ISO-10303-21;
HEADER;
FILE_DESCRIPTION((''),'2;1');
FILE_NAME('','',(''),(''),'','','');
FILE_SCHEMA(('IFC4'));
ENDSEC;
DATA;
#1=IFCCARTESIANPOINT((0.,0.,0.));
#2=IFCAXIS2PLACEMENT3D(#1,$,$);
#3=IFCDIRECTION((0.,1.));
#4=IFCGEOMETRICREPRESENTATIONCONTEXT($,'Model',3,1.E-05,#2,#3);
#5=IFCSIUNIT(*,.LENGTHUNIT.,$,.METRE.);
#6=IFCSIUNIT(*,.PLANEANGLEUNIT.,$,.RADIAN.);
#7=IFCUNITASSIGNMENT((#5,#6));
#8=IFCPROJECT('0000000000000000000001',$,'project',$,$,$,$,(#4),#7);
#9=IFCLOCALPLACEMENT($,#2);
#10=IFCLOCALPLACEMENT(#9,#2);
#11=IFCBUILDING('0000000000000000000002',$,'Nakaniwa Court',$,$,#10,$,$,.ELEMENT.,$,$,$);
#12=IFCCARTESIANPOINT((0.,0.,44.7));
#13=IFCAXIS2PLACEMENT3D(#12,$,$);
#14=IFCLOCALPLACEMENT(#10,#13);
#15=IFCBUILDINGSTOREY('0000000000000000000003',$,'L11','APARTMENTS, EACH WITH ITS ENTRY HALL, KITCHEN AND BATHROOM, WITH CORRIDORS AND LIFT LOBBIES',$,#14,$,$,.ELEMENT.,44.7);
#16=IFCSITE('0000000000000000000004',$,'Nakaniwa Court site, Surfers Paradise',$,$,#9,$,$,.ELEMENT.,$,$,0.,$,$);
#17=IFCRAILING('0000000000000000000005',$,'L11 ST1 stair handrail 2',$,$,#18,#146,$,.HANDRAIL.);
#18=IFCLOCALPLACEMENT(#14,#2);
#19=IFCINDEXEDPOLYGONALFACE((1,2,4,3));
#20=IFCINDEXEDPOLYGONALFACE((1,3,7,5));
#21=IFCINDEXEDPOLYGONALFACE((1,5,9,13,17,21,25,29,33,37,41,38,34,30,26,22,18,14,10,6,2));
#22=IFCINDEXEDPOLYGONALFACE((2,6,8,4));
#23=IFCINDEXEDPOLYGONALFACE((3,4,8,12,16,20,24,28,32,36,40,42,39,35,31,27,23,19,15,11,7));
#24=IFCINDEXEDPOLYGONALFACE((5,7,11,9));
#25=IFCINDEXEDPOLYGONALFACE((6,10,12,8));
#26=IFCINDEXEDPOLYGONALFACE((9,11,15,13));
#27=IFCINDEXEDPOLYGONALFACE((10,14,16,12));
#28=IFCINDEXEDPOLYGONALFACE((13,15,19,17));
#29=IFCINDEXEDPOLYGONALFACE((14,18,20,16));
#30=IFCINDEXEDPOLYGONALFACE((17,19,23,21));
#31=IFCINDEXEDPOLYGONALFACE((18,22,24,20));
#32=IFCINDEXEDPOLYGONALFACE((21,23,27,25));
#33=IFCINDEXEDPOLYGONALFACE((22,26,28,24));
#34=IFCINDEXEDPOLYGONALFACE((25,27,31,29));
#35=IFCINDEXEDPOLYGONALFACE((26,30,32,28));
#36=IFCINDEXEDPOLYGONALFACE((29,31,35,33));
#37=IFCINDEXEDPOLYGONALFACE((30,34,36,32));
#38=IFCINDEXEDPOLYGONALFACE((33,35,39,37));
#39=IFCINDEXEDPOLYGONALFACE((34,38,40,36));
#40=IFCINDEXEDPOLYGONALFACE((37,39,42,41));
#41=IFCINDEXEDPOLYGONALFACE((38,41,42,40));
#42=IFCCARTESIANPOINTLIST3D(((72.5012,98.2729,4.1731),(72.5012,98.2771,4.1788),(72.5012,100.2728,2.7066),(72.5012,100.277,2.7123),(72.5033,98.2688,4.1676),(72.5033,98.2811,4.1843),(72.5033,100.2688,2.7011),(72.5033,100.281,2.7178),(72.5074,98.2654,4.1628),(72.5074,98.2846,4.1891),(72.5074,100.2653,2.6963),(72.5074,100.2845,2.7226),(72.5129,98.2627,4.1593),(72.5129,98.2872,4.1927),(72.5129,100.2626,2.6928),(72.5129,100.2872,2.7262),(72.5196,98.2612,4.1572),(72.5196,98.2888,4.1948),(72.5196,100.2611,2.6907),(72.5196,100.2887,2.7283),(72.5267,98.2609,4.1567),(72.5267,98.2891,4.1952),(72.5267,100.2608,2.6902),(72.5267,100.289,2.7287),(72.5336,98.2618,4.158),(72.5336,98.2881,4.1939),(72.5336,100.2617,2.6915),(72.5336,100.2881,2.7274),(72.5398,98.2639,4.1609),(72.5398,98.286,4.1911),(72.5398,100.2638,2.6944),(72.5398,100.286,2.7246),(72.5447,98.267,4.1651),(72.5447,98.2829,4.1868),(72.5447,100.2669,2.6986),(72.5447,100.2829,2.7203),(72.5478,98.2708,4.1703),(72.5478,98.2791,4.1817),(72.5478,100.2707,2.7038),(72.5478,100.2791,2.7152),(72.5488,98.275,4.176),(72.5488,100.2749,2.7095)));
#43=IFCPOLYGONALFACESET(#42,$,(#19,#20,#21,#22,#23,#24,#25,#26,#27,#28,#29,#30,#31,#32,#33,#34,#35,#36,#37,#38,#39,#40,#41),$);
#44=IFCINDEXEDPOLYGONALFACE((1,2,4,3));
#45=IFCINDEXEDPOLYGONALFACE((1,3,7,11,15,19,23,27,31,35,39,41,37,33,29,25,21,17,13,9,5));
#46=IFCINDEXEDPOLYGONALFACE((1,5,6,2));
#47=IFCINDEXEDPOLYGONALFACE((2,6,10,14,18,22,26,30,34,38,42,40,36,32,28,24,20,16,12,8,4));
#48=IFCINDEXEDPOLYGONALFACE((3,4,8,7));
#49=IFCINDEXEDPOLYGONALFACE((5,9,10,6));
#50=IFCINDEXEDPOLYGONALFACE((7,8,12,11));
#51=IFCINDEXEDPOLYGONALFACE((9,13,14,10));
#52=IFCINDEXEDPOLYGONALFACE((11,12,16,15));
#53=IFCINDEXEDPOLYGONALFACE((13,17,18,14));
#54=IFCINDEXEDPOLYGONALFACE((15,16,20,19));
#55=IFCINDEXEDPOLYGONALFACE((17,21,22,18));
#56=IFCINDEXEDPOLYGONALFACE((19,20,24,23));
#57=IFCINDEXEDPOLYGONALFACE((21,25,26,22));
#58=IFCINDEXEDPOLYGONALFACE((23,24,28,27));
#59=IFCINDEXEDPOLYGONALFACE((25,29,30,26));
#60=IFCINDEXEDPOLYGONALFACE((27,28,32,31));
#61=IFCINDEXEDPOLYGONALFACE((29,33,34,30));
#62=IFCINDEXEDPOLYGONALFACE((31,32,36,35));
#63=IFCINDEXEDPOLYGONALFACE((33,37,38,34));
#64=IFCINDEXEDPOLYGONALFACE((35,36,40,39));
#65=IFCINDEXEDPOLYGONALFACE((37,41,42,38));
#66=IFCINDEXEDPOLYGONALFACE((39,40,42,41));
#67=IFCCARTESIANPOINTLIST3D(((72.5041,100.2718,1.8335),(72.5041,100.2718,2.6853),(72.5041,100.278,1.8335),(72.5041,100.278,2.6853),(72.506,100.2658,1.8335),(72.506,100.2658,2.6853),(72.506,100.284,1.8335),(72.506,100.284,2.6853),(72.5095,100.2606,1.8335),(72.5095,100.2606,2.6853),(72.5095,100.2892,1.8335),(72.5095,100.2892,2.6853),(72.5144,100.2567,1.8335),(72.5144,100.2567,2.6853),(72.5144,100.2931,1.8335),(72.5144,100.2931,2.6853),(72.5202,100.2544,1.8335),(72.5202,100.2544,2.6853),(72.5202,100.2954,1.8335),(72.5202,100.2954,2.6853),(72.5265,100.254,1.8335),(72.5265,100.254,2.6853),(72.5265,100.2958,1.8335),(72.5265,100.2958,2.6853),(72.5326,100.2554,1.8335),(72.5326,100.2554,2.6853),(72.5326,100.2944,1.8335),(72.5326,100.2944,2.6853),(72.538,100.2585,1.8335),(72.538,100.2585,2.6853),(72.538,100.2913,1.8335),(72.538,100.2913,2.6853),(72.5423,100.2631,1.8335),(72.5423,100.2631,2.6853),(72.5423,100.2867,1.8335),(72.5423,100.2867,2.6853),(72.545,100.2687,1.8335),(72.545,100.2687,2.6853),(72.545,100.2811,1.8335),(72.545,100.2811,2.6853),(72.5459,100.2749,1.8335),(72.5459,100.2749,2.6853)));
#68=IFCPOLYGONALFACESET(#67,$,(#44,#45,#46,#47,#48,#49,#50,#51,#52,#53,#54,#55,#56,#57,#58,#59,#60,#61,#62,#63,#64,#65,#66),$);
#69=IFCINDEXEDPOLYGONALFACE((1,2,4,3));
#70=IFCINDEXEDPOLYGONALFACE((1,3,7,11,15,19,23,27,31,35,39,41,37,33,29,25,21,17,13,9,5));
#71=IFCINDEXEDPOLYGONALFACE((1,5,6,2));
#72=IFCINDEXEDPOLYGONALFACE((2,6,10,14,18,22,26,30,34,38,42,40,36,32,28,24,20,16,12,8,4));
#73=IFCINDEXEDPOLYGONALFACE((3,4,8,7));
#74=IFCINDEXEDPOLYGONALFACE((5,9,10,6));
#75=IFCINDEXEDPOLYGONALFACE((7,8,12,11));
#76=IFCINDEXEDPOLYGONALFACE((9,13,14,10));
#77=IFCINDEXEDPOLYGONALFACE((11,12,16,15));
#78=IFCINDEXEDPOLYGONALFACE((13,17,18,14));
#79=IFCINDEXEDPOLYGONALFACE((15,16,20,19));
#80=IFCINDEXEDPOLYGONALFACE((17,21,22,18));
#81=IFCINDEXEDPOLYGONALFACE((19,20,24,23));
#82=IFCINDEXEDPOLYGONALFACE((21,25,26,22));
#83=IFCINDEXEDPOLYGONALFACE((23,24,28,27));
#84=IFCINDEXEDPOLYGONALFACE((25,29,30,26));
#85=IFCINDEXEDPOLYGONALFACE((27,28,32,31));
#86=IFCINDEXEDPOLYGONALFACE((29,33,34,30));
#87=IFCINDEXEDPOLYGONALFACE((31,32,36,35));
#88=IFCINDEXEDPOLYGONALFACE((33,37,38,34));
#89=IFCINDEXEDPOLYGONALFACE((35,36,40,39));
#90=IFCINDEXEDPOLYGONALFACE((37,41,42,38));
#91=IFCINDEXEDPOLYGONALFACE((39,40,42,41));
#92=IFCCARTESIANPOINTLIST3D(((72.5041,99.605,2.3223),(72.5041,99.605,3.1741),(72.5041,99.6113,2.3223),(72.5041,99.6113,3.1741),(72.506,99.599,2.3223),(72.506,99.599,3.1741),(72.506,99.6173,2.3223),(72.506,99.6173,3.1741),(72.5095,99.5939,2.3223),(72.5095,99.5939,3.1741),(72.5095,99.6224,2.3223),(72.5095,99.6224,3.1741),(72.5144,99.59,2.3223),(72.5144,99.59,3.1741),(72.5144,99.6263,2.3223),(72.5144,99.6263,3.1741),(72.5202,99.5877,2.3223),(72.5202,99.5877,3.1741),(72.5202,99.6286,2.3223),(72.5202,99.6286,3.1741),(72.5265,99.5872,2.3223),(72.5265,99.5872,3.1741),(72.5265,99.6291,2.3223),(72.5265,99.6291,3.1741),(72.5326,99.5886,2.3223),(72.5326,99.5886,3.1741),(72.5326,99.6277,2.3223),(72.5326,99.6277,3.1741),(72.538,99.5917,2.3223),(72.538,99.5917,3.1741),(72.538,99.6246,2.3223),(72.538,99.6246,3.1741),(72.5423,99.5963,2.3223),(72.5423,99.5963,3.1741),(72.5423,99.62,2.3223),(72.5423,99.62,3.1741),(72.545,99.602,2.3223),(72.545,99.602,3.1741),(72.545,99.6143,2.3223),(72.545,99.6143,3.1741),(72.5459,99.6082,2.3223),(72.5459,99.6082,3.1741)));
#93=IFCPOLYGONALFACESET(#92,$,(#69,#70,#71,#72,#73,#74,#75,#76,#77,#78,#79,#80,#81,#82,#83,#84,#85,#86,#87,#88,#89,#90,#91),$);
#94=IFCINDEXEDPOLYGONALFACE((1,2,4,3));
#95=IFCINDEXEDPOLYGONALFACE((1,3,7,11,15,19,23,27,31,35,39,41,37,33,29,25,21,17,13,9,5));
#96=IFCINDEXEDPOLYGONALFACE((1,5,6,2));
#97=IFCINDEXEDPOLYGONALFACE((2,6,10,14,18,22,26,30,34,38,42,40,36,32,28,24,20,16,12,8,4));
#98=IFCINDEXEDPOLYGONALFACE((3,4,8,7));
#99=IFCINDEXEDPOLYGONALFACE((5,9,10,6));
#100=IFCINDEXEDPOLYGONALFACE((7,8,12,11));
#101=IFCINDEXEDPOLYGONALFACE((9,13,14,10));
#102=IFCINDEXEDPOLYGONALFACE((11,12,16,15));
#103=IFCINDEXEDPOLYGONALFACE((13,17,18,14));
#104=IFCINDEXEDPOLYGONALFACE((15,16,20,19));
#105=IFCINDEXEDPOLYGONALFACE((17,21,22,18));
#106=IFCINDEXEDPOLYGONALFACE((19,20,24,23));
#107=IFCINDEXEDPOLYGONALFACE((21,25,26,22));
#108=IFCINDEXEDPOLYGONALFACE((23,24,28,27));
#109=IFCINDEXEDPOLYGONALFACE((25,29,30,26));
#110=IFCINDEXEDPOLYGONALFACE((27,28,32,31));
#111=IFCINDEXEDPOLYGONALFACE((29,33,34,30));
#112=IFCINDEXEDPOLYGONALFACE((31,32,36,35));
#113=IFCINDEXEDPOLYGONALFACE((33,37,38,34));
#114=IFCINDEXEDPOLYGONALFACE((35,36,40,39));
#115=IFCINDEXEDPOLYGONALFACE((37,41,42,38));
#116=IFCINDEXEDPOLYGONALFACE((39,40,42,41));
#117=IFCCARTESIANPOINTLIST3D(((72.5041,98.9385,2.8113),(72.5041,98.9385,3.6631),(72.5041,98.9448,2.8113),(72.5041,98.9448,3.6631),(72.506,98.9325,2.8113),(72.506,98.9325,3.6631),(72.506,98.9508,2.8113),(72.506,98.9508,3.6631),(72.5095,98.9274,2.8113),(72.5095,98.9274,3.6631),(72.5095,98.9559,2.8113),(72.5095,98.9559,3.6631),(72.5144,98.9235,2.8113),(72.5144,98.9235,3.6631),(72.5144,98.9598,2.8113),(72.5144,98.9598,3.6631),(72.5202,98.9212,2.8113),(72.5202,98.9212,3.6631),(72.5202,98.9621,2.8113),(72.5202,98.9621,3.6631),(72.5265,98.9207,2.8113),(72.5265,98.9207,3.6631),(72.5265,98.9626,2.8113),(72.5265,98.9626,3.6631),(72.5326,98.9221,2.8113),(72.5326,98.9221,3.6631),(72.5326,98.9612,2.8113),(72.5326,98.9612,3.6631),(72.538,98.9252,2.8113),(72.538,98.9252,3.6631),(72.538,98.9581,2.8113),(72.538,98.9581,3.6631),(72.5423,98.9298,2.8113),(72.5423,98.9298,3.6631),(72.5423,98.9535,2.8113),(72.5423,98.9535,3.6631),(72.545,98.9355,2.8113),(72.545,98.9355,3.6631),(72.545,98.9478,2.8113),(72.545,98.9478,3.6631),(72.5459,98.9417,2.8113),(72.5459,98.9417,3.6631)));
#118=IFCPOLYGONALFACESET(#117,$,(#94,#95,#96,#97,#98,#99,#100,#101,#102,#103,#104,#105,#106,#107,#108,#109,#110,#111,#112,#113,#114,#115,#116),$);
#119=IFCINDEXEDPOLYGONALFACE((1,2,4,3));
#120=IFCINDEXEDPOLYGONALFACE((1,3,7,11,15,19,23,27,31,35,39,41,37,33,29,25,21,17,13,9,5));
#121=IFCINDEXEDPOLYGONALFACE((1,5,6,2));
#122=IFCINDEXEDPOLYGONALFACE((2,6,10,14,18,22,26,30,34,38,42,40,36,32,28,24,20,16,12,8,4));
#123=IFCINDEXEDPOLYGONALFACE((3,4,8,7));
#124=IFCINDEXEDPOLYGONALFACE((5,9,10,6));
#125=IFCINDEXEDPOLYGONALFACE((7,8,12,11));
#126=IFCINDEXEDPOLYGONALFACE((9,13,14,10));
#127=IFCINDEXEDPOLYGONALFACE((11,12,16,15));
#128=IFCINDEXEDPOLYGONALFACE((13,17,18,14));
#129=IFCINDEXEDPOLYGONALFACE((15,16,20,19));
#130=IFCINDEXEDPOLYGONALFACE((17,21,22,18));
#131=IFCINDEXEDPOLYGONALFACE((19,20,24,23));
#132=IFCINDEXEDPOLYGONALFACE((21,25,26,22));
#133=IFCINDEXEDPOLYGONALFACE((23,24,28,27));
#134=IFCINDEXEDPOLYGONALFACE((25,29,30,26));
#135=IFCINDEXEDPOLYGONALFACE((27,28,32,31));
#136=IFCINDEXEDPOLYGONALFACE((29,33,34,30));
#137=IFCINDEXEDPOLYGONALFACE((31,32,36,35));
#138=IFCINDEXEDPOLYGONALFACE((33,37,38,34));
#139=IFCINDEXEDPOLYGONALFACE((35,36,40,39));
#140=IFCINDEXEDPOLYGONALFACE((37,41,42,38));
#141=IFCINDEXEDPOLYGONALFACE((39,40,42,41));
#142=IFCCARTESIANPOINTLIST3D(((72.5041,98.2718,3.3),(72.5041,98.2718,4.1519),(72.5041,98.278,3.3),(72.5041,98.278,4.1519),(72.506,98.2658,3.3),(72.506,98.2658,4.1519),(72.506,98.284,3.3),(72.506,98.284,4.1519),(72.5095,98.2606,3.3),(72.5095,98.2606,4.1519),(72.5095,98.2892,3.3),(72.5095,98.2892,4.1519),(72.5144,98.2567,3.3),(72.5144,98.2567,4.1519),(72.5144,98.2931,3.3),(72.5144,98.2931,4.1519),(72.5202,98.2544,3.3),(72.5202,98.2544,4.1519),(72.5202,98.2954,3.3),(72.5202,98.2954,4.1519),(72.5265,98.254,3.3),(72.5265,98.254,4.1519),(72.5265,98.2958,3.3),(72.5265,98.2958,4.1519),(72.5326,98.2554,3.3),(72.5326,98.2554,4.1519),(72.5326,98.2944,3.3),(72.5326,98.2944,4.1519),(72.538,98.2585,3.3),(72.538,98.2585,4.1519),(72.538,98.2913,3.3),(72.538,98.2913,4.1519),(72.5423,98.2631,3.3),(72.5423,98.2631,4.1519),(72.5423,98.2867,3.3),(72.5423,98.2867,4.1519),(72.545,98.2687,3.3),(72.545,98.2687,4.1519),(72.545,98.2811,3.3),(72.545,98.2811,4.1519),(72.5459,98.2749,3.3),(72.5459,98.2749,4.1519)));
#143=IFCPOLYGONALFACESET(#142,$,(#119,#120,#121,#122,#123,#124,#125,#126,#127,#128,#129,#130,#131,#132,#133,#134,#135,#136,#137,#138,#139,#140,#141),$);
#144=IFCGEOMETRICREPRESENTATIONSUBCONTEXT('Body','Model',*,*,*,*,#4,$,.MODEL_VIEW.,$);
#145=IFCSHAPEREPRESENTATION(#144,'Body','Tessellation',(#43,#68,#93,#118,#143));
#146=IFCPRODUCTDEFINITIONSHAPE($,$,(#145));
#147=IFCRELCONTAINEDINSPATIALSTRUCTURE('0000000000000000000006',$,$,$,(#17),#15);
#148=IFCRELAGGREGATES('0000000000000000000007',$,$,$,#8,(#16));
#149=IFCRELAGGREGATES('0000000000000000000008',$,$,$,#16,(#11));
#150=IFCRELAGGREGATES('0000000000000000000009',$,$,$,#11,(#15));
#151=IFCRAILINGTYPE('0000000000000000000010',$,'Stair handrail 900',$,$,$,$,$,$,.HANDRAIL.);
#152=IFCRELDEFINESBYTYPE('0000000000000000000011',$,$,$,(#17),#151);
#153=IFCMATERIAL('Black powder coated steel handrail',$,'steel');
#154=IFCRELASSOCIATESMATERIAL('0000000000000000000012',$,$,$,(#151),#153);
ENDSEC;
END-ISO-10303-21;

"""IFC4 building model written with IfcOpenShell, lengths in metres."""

from ifc_helpers import new_model, si_unit, direction, frame, origin, origin_2d, place, context, subcontext, project, spatial, circle, extrude, material, type_object, element, save


model = new_model("IFC4")

# Units and contexts
model_context = context("Model", 3, precision=1e-05, world=origin(), true_north=direction((0.0, 1.0)))
body_context = subcontext(model_context, "Body", "Model", "MODEL_VIEW")
ifc_project = project(units=[si_unit("LENGTHUNIT", "METRE"), si_unit("PLANEANGLEUNIT", "RADIAN")], contexts=[model_context])

# Site, building, storey
site_placement = place(None, origin())
site = spatial("IfcSite", under=ifc_project, at=site_placement, Name="Nakaniwa Court site, Surfers Paradise", CompositionType="ELEMENT", RefElevation=0.0)
building_placement = place(site_placement, origin())
building = spatial("IfcBuilding", under=site, at=building_placement, Name="Nakaniwa Court", CompositionType="ELEMENT")
storey_placement = place(building_placement, frame((0.0, 0.0, 44.7)))
storey = spatial("IfcBuildingStorey", under=building, at=storey_placement, Name="L11", Description="APARTMENTS, EACH WITH ITS ENTRY HALL, KITCHEN AND BATHROOM, WITH CORRIDORS AND LIFT LOBBIES", CompositionType="ELEMENT", Elevation=44.7)

# Railing
ifc_material_1 = material(Name="Black powder coated steel handrail", Category="steel")
railing_type_1 = type_object("IfcRailingType", Name="Stair handrail 900", PredefinedType="HANDRAIL", material=ifc_material_1)
railing_1_placement = place(storey_placement, frame((72.5249, 100.2749, 1.8335)))
element("IfcRailing", 1, at=railing_1_placement, inside=storey, type_object=railing_type_1, Name="L11 ST1 stair handrail 2", PredefinedType="HANDRAIL", context=body_context, shape_type="SweptSolid", body=[
    extrude(circle(Radius=0.0239, at=origin_2d()), frame((0.0, 0.0, 0.876), z_axis=(0.0, -0.806427, 0.591334), x_axis=(1.0, 0.0, 0.0)), (0.0, 0.0, 1.0), 2.48),
    extrude(circle(Radius=0.021, at=origin_2d()), origin(), (0.0, 0.0, 1.0), 0.8518),
    extrude(circle(Radius=0.021, at=origin_2d()), frame((0.0, -0.6667, 0.4888)), (0.0, 0.0, 1.0), 0.8518),
    extrude(circle(Radius=0.021, at=origin_2d()), frame((0.0, -1.3333, 0.9778)), (0.0, 0.0, 1.0), 0.8518),
    extrude(circle(Radius=0.021, at=origin_2d()), frame((0.0, -2.0, 1.4666)), (0.0, 0.0, 1.0), 0.8518),
])

save(model, "model.ifc")
